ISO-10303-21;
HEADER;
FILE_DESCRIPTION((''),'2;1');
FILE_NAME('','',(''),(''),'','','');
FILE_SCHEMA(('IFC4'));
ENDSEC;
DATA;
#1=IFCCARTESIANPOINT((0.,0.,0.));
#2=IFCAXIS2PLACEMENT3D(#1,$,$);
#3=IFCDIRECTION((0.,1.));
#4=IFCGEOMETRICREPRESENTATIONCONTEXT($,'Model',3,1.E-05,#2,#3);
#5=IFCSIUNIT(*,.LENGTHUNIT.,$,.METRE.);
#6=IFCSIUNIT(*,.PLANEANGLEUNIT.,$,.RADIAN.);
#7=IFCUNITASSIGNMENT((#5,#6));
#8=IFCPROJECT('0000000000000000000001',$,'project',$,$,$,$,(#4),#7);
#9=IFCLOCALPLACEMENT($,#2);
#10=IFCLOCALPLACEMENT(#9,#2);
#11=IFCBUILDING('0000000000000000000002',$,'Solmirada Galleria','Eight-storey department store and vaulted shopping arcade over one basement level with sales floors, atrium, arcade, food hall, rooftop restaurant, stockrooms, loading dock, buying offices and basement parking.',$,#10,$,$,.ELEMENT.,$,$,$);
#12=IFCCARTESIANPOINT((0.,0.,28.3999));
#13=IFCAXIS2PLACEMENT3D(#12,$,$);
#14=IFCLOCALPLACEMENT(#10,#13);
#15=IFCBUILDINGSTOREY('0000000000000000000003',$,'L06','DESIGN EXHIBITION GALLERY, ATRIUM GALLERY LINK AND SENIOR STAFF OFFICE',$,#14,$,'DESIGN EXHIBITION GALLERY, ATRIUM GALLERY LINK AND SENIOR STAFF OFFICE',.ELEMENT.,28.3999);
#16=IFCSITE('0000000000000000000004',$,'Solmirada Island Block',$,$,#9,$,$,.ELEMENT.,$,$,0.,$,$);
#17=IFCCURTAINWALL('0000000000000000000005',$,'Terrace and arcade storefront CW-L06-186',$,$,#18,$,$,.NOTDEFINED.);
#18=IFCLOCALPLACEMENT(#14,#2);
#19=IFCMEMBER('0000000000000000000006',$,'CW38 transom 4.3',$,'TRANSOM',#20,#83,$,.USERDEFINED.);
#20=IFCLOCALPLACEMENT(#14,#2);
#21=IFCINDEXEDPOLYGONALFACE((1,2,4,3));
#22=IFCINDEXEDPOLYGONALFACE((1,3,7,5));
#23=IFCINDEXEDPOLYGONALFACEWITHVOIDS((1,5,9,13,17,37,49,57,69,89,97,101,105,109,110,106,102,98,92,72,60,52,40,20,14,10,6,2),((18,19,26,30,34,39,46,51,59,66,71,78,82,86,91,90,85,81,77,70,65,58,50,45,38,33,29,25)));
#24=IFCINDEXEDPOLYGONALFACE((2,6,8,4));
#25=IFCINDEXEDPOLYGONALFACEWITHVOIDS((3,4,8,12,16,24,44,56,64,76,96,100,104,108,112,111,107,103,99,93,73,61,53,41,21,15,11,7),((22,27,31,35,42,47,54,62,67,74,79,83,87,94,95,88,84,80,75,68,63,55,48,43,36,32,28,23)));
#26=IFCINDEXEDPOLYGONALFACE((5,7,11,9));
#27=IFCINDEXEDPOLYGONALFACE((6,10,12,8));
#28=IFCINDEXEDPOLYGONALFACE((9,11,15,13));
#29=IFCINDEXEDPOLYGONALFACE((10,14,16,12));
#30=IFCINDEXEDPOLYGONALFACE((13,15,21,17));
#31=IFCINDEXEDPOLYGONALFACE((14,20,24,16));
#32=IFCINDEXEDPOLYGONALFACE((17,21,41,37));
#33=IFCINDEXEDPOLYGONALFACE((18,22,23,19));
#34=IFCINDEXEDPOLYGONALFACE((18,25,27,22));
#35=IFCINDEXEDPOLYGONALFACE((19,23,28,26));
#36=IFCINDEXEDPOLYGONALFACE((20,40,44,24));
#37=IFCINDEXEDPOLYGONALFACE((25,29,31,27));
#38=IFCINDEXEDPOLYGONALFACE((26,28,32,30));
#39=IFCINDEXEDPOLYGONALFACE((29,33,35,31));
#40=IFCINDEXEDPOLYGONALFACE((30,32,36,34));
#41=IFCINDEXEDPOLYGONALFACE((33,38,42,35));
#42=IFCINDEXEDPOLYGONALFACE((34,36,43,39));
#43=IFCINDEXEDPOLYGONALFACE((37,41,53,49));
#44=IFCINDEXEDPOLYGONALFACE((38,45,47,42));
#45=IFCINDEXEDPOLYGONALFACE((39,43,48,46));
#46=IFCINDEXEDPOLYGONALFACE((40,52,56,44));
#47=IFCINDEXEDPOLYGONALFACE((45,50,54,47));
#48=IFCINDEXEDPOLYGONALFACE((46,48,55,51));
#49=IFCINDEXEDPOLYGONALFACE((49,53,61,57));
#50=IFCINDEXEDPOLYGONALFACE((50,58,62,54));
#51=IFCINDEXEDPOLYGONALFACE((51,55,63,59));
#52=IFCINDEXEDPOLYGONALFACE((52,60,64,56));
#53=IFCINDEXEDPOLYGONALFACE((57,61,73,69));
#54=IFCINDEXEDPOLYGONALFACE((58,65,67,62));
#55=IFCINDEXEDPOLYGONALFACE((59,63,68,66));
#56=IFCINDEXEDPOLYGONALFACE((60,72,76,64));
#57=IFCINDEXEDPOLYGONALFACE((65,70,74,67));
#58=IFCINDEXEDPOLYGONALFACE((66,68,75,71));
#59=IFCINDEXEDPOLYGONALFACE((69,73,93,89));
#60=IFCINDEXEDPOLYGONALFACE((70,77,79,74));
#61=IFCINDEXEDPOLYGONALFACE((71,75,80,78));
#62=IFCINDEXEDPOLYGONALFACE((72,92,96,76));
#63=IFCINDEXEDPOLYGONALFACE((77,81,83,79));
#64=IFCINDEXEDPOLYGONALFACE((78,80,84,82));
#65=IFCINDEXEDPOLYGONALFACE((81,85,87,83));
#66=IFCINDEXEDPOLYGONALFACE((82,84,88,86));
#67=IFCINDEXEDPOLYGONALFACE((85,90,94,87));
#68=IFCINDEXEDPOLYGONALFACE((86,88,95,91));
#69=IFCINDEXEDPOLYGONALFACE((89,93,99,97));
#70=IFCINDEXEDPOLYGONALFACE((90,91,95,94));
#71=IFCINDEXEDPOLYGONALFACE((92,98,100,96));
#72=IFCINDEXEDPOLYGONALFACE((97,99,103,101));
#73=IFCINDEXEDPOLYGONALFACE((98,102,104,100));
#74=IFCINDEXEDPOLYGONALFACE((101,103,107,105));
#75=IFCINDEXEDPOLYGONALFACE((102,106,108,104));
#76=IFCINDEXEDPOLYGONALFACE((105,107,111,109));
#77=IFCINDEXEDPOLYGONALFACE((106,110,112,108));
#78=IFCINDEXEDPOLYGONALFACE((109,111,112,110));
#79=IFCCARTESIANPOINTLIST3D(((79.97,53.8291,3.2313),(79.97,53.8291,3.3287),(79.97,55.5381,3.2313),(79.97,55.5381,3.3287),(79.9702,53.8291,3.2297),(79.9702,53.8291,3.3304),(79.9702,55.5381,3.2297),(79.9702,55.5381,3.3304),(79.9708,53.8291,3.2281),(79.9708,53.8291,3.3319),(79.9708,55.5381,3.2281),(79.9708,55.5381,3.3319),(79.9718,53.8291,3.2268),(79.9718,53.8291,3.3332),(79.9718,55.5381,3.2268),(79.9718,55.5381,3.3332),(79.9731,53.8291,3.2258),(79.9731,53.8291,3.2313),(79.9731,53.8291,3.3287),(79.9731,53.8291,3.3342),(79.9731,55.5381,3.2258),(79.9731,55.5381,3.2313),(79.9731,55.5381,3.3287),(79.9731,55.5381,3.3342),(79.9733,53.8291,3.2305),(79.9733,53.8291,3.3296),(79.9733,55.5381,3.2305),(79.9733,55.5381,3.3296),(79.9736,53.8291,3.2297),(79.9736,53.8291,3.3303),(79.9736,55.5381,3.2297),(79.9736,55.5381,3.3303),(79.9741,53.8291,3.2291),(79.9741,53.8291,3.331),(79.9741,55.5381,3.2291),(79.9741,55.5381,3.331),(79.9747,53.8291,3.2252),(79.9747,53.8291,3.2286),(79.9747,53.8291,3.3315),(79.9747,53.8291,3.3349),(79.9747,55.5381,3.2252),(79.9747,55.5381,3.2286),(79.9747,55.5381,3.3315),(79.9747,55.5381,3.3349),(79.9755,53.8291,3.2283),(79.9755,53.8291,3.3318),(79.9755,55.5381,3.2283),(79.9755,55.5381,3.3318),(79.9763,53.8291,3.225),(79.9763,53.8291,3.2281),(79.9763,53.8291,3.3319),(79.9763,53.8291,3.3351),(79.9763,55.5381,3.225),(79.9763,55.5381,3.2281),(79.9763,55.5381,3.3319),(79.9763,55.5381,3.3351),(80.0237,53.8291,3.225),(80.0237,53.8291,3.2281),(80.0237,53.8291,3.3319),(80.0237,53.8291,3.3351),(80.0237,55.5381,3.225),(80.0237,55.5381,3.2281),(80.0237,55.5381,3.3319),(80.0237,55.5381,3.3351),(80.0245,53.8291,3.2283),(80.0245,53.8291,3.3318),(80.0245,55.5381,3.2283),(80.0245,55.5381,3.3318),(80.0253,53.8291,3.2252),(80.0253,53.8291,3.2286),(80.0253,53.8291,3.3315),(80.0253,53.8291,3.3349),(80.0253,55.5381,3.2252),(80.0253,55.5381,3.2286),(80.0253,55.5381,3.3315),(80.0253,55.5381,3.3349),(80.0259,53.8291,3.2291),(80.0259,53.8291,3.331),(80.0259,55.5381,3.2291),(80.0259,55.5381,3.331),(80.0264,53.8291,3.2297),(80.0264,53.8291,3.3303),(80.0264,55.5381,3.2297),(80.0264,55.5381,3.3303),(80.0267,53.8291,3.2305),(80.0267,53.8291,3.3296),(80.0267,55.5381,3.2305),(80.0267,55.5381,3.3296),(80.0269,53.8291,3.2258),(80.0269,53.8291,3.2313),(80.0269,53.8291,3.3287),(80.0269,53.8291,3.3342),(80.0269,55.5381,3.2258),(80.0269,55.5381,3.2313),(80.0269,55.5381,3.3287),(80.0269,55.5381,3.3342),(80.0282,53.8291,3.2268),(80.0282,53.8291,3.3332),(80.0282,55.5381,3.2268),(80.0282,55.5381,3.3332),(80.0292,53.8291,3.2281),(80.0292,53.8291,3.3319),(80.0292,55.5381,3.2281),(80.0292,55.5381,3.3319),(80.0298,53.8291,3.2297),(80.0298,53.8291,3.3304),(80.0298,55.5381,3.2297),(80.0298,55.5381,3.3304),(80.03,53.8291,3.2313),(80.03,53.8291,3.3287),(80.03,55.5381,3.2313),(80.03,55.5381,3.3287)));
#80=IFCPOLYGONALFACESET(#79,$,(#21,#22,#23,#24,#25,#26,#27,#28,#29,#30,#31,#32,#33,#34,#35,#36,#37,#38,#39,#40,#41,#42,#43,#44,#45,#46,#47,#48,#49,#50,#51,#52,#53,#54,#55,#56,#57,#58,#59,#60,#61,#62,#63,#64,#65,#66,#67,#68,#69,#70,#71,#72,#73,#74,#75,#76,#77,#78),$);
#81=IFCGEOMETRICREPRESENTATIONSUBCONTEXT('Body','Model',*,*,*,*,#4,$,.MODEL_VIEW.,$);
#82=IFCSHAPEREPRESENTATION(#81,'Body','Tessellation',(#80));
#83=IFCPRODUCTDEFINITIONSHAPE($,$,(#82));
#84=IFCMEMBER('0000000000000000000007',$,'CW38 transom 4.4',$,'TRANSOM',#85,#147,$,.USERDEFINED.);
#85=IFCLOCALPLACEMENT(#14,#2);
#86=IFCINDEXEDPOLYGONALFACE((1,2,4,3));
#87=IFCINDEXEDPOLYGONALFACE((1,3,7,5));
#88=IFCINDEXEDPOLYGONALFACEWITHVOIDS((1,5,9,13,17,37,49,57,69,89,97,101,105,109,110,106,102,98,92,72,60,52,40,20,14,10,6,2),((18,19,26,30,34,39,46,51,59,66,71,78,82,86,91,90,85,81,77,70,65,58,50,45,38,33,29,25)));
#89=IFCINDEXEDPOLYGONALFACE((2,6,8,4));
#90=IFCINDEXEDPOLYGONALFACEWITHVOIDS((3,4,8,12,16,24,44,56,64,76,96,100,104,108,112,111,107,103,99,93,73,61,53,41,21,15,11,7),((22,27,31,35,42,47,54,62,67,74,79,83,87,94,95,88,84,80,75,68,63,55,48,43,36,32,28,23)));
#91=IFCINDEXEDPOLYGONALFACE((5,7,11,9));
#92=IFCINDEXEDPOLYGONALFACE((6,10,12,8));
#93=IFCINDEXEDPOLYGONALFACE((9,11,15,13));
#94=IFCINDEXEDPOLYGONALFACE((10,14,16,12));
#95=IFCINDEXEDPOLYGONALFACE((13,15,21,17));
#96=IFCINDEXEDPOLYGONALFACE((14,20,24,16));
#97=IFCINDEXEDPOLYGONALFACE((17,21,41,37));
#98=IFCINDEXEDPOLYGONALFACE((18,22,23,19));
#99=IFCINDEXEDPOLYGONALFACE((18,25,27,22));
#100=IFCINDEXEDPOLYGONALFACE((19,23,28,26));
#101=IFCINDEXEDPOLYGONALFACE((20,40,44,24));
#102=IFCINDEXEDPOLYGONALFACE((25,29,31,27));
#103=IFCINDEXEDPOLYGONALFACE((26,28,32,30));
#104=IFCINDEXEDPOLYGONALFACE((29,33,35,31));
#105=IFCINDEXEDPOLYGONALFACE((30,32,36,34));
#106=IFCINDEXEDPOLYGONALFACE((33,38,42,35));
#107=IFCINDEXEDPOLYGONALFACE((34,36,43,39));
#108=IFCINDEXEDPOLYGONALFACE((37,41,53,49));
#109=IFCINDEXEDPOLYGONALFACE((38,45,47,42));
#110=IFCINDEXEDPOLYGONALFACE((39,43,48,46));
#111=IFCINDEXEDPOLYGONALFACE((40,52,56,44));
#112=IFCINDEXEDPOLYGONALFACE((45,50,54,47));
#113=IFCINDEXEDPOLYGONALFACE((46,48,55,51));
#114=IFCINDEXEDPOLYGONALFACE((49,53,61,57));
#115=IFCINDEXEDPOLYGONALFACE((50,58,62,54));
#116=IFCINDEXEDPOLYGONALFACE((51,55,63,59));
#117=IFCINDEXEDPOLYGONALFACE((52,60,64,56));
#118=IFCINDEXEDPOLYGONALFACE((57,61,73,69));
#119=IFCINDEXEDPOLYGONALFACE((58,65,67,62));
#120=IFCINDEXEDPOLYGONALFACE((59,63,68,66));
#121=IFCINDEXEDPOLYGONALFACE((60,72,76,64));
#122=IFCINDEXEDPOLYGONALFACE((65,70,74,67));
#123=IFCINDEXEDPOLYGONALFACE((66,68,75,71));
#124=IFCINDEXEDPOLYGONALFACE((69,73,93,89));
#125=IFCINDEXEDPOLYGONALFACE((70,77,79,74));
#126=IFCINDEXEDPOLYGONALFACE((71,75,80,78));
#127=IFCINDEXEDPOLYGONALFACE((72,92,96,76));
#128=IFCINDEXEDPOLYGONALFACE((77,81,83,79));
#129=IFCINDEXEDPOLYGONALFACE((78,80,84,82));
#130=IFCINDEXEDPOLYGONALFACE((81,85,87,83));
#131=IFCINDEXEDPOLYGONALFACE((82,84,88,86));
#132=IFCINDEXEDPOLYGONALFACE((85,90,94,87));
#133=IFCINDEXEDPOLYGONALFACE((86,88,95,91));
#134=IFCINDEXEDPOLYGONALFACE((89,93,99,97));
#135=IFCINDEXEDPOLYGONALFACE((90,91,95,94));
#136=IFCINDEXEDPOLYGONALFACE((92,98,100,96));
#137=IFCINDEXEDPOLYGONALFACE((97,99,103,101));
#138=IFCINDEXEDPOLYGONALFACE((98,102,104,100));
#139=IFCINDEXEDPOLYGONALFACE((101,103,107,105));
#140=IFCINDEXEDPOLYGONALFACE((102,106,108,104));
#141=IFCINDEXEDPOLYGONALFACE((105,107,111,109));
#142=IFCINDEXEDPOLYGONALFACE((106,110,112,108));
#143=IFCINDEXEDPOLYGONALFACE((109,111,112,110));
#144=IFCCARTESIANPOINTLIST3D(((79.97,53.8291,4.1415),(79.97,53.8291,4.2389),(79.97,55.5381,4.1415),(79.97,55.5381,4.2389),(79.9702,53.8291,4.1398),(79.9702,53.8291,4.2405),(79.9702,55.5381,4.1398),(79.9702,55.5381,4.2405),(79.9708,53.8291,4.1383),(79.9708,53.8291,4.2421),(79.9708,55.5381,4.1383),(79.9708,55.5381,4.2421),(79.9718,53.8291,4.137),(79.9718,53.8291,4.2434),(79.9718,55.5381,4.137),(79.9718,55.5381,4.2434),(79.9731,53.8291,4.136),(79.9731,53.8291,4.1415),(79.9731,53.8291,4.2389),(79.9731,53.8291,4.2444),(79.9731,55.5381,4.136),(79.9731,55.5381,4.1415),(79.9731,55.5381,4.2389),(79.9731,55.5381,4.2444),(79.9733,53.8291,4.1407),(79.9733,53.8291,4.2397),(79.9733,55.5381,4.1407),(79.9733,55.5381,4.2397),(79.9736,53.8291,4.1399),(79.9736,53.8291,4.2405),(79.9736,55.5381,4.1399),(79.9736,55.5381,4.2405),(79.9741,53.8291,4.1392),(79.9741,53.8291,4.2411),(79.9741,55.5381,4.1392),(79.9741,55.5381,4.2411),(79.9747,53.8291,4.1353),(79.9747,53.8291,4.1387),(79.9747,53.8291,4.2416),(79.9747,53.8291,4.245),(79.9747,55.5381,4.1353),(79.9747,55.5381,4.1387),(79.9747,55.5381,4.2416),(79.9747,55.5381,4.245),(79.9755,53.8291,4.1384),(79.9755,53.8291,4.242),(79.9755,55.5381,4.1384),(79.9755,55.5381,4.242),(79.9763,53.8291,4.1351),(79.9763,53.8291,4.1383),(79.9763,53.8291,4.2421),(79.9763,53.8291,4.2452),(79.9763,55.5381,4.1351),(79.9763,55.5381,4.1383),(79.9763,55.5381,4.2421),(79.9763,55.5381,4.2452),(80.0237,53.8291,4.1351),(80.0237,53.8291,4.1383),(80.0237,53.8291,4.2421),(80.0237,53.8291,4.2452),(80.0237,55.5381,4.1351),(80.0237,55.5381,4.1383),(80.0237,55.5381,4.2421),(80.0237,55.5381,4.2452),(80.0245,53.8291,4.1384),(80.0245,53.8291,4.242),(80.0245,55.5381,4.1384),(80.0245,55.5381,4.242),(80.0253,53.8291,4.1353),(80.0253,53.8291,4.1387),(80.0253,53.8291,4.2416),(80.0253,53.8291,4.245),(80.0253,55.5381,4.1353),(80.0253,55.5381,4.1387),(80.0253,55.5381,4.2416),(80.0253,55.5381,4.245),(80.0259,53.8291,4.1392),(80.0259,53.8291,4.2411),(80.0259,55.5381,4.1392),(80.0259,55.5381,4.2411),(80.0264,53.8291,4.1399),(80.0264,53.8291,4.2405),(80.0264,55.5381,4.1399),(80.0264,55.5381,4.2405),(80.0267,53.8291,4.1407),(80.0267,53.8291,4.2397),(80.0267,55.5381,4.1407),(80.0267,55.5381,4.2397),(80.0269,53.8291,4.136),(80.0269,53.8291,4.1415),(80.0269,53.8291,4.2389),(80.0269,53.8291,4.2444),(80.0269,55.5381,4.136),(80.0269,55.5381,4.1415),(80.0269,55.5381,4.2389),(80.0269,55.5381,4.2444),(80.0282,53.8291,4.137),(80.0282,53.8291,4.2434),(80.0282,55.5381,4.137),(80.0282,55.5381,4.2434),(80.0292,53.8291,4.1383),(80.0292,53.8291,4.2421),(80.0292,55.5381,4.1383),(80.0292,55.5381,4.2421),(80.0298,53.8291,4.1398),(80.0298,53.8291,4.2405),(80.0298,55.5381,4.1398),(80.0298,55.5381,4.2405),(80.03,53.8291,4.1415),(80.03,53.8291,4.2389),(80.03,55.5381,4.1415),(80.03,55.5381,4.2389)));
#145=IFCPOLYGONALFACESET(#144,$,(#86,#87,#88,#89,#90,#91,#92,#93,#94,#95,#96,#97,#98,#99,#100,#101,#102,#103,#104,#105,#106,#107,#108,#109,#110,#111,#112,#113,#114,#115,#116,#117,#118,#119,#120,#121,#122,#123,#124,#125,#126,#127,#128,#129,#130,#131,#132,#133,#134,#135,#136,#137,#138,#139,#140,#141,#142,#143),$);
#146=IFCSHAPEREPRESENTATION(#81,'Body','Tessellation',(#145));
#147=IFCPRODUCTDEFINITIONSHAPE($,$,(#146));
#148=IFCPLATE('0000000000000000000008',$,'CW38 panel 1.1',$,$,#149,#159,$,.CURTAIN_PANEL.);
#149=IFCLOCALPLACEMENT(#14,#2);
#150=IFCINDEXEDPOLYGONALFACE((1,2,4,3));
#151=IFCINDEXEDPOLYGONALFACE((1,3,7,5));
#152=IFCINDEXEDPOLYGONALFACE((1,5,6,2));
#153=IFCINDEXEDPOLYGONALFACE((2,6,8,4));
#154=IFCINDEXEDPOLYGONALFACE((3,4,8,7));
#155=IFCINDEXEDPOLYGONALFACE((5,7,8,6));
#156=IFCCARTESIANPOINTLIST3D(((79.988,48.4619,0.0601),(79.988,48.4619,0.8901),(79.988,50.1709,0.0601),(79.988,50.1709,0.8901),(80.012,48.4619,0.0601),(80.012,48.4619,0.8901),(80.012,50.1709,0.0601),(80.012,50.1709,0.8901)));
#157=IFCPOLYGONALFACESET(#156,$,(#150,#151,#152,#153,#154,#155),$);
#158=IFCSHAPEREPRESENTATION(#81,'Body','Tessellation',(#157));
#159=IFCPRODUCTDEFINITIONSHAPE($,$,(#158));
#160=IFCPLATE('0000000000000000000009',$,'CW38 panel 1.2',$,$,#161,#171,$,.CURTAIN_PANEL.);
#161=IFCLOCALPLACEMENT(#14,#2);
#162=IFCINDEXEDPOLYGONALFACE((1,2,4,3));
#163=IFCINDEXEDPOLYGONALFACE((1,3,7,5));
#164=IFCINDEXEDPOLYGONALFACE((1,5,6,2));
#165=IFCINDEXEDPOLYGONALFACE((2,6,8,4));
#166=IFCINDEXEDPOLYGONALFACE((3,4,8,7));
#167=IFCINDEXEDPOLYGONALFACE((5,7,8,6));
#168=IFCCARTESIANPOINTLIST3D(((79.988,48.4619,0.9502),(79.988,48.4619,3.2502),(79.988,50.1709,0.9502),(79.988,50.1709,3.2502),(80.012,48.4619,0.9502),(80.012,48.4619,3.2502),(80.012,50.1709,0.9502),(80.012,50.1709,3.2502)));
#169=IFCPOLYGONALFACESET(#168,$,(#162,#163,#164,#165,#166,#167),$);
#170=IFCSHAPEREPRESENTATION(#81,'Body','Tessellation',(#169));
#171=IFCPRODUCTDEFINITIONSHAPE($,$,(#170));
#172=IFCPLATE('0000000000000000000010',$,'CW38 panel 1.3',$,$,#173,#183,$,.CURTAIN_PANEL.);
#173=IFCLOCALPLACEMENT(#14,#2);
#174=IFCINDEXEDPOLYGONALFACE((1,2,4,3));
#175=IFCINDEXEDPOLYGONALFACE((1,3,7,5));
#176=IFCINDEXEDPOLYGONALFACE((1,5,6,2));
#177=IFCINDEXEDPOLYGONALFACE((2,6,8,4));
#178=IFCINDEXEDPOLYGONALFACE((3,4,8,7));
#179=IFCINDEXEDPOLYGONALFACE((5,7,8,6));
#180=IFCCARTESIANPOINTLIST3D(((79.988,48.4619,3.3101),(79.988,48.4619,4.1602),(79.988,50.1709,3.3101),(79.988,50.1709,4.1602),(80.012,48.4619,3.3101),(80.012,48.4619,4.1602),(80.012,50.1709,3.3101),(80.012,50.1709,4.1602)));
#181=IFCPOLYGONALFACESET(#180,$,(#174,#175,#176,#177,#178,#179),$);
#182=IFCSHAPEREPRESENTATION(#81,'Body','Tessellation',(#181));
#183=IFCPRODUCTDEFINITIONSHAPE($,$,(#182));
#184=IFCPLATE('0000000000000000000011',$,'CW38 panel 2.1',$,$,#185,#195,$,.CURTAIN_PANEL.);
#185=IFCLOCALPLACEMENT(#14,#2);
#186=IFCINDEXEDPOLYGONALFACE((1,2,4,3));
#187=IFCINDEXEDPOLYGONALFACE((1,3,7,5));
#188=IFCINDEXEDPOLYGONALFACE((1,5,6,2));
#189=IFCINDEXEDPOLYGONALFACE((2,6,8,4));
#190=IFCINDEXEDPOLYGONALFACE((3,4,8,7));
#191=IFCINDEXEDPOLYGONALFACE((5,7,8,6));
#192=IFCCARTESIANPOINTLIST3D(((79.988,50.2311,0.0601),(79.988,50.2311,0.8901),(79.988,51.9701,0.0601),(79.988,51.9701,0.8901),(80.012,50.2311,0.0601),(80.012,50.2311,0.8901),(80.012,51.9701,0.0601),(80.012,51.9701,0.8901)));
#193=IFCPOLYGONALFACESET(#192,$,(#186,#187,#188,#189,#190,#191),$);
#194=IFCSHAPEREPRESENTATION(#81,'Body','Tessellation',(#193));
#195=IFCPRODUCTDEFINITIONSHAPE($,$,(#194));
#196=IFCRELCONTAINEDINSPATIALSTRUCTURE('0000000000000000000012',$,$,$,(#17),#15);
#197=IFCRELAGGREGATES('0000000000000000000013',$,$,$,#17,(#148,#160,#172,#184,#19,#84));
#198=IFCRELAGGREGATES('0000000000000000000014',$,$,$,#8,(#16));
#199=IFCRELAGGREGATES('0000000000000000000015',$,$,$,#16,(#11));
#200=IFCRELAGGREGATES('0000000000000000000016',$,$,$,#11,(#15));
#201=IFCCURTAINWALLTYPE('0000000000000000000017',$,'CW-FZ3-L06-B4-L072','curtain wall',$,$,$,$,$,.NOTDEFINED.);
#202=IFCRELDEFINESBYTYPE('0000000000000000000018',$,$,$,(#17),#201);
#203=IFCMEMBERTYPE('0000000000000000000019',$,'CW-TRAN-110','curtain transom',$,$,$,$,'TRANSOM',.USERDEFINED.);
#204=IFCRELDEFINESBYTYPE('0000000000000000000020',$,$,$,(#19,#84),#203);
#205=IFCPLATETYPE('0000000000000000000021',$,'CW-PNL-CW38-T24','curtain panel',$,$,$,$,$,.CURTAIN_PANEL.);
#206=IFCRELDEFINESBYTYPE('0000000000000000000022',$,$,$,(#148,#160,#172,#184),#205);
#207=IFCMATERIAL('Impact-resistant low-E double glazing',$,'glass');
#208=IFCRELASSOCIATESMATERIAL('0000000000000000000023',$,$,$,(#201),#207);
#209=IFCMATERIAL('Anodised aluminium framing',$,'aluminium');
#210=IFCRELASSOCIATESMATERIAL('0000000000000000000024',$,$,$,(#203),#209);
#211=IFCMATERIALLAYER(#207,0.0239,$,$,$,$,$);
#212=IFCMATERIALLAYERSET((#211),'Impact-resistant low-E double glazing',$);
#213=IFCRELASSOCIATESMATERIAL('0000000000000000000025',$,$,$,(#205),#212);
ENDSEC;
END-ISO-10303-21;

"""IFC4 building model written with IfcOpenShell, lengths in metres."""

from ifc_helpers import new_model, si_unit, direction, frame, origin, origin_2d, place, context, subcontext, project, spatial, rectangle, hollow_rectangle, extrude, material, layer, layer_set, material_profile, profile_set, type_object, element, aggregate, save


model = new_model("IFC4")

# Units and contexts
model_context = context("Model", 3, precision=1e-05, world=origin(), true_north=direction((0.0, 1.0)))
body_context = subcontext(model_context, "Body", "Model", "MODEL_VIEW")
ifc_project = project(units=[si_unit("LENGTHUNIT", "METRE"), si_unit("PLANEANGLEUNIT", "RADIAN")], contexts=[model_context])

# Site, building, storey
site_placement = place(None, origin())
site = spatial("IfcSite", under=ifc_project, at=site_placement, Name="Solmirada Island Block", CompositionType="ELEMENT", RefElevation=0.0)
building_placement = place(site_placement, origin())
building = spatial("IfcBuilding", under=site, at=building_placement, Name="Solmirada Galleria", Description="Eight-storey department store and vaulted shopping arcade over one basement level with sales floors, atrium, arcade, food hall, rooftop restaurant, stockrooms, loading dock, buying offices and basement parking.", CompositionType="ELEMENT")
storey_placement = place(building_placement, frame((0.0, 0.0, 28.3999)))
storey = spatial("IfcBuildingStorey", under=building, at=storey_placement, Name="L06", Description="DESIGN EXHIBITION GALLERY, ATRIUM GALLERY LINK AND SENIOR STAFF OFFICE", LongName="DESIGN EXHIBITION GALLERY, ATRIUM GALLERY LINK AND SENIOR STAFF OFFICE", CompositionType="ELEMENT", Elevation=28.3999)

# Curtain wall, members, plates
ifc_material_1 = material(Name="Impact-resistant low-E double glazing", Category="glass")
curtain_wall_type = type_object("IfcCurtainWallType", Name="CW-FZ3-L06-B4-L072", Description="curtain wall", PredefinedType="NOTDEFINED", material=ifc_material_1)
curtain_wall_placement = place(storey_placement, origin())
curtain_wall = element("IfcCurtainWall", 1, at=curtain_wall_placement, inside=storey, type_object=curtain_wall_type, Name="Terrace and arcade storefront CW-L06-186", PredefinedType="NOTDEFINED")
ifc_material_2 = material(Name="Anodised aluminium framing", Category="aluminium")
ifc_material_profile_1 = material_profile(ifc_material_2, hollow_rectangle(XDim=0.0601, YDim=0.1101, WallThickness=0.0032, InnerFilletRadius=0.0032, OuterFilletRadius=0.0063, at=origin_2d()), Name="ALU-TRAN-110X60")
ifc_profile_set_1 = profile_set([ifc_material_profile_1], Name="Anodised aluminium framing")
member_type_1 = type_object("IfcMemberType", Name="CW-TRAN-110", Description="curtain transom", ElementType="TRANSOM", PredefinedType="USERDEFINED", material=ifc_profile_set_1)
member_1_placement = place(storey_placement, frame((80.0, 53.8291, 3.28), z_axis=(0.0, 1.0, 0.0), x_axis=(-1.0, 0.0, 0.0)))
member_1 = element("IfcMember", 2, at=member_1_placement, type_object=member_type_1, Name="CW38 transom 4.3", ObjectType="TRANSOM", PredefinedType="USERDEFINED", context=body_context, shape_type="SweptSolid", body=[
    extrude(hollow_rectangle(XDim=0.0601, YDim=0.1101, WallThickness=0.0032, InnerFilletRadius=0.0032, OuterFilletRadius=0.0063, at=origin_2d()), origin(), (0.0, 0.0, 1.0), 1.709),
])
member_2_placement = place(storey_placement, frame((80.0, 53.8291, 4.1902), z_axis=(0.0, 1.0, 0.0), x_axis=(-1.0, 0.0, 0.0)))
member_2 = element("IfcMember", 3, at=member_2_placement, type_object=member_type_1, Name="CW38 transom 4.4", ObjectType="TRANSOM", PredefinedType="USERDEFINED", context=body_context, shape_type="SweptSolid", body=[
    extrude(hollow_rectangle(XDim=0.0601, YDim=0.1101, WallThickness=0.0032, InnerFilletRadius=0.0032, OuterFilletRadius=0.0063, at=origin_2d()), origin(), (0.0, 0.0, 1.0), 1.709),
])
ifc_layer = layer(ifc_material_1, 0.0239)
ifc_layer_set = layer_set([ifc_layer], Name="Impact-resistant low-E double glazing")
plate_type = type_object("IfcPlateType", Name="CW-PNL-CW38-T24", Description="curtain panel", PredefinedType="CURTAIN_PANEL", material=ifc_layer_set)
plate_1_placement = place(storey_placement, frame((80.0, 49.3164, 0.0601), z_axis=(0.0, 0.0, 1.0), x_axis=(0.0, 1.0, 0.0)))
plate_1 = element("IfcPlate", 4, at=plate_1_placement, type_object=plate_type, Name="CW38 panel 1.1", PredefinedType="CURTAIN_PANEL", context=body_context, shape_type="SweptSolid", body=[
    extrude(rectangle(XDim=1.709, YDim=0.0239, at=origin_2d()), origin(), (0.0, 0.0, 1.0), 0.8301),
])
plate_2_placement = place(storey_placement, frame((80.0, 49.3164, 0.9502), z_axis=(0.0, 0.0, 1.0), x_axis=(0.0, 1.0, 0.0)))
plate_2 = element("IfcPlate", 5, at=plate_2_placement, type_object=plate_type, Name="CW38 panel 1.2", PredefinedType="CURTAIN_PANEL", context=body_context, shape_type="SweptSolid", body=[
    extrude(rectangle(XDim=1.709, YDim=0.0239, at=origin_2d()), origin(), (0.0, 0.0, 1.0), 2.3),
])
plate_3_placement = place(storey_placement, frame((80.0, 49.3164, 3.3101), z_axis=(0.0, 0.0, 1.0), x_axis=(0.0, 1.0, 0.0)))
plate_3 = element("IfcPlate", 6, at=plate_3_placement, type_object=plate_type, Name="CW38 panel 1.3", PredefinedType="CURTAIN_PANEL", context=body_context, shape_type="SweptSolid", body=[
    extrude(rectangle(XDim=1.709, YDim=0.0239, at=origin_2d()), origin(), (0.0, 0.0, 1.0), 0.8501),
])
plate_4_placement = place(storey_placement, frame((80.0, 51.1006, 0.0601), z_axis=(0.0, 0.0, 1.0), x_axis=(0.0, 1.0, 0.0)))
plate_4 = element("IfcPlate", 7, at=plate_4_placement, type_object=plate_type, Name="CW38 panel 2.1", PredefinedType="CURTAIN_PANEL", context=body_context, shape_type="SweptSolid", body=[
    extrude(rectangle(XDim=1.739, YDim=0.0239, at=origin_2d()), origin(), (0.0, 0.0, 1.0), 0.8301),
])
aggregate(curtain_wall, [plate_1, plate_2, plate_3, plate_4, member_1, member_2])

save(model, "model.ifc")
